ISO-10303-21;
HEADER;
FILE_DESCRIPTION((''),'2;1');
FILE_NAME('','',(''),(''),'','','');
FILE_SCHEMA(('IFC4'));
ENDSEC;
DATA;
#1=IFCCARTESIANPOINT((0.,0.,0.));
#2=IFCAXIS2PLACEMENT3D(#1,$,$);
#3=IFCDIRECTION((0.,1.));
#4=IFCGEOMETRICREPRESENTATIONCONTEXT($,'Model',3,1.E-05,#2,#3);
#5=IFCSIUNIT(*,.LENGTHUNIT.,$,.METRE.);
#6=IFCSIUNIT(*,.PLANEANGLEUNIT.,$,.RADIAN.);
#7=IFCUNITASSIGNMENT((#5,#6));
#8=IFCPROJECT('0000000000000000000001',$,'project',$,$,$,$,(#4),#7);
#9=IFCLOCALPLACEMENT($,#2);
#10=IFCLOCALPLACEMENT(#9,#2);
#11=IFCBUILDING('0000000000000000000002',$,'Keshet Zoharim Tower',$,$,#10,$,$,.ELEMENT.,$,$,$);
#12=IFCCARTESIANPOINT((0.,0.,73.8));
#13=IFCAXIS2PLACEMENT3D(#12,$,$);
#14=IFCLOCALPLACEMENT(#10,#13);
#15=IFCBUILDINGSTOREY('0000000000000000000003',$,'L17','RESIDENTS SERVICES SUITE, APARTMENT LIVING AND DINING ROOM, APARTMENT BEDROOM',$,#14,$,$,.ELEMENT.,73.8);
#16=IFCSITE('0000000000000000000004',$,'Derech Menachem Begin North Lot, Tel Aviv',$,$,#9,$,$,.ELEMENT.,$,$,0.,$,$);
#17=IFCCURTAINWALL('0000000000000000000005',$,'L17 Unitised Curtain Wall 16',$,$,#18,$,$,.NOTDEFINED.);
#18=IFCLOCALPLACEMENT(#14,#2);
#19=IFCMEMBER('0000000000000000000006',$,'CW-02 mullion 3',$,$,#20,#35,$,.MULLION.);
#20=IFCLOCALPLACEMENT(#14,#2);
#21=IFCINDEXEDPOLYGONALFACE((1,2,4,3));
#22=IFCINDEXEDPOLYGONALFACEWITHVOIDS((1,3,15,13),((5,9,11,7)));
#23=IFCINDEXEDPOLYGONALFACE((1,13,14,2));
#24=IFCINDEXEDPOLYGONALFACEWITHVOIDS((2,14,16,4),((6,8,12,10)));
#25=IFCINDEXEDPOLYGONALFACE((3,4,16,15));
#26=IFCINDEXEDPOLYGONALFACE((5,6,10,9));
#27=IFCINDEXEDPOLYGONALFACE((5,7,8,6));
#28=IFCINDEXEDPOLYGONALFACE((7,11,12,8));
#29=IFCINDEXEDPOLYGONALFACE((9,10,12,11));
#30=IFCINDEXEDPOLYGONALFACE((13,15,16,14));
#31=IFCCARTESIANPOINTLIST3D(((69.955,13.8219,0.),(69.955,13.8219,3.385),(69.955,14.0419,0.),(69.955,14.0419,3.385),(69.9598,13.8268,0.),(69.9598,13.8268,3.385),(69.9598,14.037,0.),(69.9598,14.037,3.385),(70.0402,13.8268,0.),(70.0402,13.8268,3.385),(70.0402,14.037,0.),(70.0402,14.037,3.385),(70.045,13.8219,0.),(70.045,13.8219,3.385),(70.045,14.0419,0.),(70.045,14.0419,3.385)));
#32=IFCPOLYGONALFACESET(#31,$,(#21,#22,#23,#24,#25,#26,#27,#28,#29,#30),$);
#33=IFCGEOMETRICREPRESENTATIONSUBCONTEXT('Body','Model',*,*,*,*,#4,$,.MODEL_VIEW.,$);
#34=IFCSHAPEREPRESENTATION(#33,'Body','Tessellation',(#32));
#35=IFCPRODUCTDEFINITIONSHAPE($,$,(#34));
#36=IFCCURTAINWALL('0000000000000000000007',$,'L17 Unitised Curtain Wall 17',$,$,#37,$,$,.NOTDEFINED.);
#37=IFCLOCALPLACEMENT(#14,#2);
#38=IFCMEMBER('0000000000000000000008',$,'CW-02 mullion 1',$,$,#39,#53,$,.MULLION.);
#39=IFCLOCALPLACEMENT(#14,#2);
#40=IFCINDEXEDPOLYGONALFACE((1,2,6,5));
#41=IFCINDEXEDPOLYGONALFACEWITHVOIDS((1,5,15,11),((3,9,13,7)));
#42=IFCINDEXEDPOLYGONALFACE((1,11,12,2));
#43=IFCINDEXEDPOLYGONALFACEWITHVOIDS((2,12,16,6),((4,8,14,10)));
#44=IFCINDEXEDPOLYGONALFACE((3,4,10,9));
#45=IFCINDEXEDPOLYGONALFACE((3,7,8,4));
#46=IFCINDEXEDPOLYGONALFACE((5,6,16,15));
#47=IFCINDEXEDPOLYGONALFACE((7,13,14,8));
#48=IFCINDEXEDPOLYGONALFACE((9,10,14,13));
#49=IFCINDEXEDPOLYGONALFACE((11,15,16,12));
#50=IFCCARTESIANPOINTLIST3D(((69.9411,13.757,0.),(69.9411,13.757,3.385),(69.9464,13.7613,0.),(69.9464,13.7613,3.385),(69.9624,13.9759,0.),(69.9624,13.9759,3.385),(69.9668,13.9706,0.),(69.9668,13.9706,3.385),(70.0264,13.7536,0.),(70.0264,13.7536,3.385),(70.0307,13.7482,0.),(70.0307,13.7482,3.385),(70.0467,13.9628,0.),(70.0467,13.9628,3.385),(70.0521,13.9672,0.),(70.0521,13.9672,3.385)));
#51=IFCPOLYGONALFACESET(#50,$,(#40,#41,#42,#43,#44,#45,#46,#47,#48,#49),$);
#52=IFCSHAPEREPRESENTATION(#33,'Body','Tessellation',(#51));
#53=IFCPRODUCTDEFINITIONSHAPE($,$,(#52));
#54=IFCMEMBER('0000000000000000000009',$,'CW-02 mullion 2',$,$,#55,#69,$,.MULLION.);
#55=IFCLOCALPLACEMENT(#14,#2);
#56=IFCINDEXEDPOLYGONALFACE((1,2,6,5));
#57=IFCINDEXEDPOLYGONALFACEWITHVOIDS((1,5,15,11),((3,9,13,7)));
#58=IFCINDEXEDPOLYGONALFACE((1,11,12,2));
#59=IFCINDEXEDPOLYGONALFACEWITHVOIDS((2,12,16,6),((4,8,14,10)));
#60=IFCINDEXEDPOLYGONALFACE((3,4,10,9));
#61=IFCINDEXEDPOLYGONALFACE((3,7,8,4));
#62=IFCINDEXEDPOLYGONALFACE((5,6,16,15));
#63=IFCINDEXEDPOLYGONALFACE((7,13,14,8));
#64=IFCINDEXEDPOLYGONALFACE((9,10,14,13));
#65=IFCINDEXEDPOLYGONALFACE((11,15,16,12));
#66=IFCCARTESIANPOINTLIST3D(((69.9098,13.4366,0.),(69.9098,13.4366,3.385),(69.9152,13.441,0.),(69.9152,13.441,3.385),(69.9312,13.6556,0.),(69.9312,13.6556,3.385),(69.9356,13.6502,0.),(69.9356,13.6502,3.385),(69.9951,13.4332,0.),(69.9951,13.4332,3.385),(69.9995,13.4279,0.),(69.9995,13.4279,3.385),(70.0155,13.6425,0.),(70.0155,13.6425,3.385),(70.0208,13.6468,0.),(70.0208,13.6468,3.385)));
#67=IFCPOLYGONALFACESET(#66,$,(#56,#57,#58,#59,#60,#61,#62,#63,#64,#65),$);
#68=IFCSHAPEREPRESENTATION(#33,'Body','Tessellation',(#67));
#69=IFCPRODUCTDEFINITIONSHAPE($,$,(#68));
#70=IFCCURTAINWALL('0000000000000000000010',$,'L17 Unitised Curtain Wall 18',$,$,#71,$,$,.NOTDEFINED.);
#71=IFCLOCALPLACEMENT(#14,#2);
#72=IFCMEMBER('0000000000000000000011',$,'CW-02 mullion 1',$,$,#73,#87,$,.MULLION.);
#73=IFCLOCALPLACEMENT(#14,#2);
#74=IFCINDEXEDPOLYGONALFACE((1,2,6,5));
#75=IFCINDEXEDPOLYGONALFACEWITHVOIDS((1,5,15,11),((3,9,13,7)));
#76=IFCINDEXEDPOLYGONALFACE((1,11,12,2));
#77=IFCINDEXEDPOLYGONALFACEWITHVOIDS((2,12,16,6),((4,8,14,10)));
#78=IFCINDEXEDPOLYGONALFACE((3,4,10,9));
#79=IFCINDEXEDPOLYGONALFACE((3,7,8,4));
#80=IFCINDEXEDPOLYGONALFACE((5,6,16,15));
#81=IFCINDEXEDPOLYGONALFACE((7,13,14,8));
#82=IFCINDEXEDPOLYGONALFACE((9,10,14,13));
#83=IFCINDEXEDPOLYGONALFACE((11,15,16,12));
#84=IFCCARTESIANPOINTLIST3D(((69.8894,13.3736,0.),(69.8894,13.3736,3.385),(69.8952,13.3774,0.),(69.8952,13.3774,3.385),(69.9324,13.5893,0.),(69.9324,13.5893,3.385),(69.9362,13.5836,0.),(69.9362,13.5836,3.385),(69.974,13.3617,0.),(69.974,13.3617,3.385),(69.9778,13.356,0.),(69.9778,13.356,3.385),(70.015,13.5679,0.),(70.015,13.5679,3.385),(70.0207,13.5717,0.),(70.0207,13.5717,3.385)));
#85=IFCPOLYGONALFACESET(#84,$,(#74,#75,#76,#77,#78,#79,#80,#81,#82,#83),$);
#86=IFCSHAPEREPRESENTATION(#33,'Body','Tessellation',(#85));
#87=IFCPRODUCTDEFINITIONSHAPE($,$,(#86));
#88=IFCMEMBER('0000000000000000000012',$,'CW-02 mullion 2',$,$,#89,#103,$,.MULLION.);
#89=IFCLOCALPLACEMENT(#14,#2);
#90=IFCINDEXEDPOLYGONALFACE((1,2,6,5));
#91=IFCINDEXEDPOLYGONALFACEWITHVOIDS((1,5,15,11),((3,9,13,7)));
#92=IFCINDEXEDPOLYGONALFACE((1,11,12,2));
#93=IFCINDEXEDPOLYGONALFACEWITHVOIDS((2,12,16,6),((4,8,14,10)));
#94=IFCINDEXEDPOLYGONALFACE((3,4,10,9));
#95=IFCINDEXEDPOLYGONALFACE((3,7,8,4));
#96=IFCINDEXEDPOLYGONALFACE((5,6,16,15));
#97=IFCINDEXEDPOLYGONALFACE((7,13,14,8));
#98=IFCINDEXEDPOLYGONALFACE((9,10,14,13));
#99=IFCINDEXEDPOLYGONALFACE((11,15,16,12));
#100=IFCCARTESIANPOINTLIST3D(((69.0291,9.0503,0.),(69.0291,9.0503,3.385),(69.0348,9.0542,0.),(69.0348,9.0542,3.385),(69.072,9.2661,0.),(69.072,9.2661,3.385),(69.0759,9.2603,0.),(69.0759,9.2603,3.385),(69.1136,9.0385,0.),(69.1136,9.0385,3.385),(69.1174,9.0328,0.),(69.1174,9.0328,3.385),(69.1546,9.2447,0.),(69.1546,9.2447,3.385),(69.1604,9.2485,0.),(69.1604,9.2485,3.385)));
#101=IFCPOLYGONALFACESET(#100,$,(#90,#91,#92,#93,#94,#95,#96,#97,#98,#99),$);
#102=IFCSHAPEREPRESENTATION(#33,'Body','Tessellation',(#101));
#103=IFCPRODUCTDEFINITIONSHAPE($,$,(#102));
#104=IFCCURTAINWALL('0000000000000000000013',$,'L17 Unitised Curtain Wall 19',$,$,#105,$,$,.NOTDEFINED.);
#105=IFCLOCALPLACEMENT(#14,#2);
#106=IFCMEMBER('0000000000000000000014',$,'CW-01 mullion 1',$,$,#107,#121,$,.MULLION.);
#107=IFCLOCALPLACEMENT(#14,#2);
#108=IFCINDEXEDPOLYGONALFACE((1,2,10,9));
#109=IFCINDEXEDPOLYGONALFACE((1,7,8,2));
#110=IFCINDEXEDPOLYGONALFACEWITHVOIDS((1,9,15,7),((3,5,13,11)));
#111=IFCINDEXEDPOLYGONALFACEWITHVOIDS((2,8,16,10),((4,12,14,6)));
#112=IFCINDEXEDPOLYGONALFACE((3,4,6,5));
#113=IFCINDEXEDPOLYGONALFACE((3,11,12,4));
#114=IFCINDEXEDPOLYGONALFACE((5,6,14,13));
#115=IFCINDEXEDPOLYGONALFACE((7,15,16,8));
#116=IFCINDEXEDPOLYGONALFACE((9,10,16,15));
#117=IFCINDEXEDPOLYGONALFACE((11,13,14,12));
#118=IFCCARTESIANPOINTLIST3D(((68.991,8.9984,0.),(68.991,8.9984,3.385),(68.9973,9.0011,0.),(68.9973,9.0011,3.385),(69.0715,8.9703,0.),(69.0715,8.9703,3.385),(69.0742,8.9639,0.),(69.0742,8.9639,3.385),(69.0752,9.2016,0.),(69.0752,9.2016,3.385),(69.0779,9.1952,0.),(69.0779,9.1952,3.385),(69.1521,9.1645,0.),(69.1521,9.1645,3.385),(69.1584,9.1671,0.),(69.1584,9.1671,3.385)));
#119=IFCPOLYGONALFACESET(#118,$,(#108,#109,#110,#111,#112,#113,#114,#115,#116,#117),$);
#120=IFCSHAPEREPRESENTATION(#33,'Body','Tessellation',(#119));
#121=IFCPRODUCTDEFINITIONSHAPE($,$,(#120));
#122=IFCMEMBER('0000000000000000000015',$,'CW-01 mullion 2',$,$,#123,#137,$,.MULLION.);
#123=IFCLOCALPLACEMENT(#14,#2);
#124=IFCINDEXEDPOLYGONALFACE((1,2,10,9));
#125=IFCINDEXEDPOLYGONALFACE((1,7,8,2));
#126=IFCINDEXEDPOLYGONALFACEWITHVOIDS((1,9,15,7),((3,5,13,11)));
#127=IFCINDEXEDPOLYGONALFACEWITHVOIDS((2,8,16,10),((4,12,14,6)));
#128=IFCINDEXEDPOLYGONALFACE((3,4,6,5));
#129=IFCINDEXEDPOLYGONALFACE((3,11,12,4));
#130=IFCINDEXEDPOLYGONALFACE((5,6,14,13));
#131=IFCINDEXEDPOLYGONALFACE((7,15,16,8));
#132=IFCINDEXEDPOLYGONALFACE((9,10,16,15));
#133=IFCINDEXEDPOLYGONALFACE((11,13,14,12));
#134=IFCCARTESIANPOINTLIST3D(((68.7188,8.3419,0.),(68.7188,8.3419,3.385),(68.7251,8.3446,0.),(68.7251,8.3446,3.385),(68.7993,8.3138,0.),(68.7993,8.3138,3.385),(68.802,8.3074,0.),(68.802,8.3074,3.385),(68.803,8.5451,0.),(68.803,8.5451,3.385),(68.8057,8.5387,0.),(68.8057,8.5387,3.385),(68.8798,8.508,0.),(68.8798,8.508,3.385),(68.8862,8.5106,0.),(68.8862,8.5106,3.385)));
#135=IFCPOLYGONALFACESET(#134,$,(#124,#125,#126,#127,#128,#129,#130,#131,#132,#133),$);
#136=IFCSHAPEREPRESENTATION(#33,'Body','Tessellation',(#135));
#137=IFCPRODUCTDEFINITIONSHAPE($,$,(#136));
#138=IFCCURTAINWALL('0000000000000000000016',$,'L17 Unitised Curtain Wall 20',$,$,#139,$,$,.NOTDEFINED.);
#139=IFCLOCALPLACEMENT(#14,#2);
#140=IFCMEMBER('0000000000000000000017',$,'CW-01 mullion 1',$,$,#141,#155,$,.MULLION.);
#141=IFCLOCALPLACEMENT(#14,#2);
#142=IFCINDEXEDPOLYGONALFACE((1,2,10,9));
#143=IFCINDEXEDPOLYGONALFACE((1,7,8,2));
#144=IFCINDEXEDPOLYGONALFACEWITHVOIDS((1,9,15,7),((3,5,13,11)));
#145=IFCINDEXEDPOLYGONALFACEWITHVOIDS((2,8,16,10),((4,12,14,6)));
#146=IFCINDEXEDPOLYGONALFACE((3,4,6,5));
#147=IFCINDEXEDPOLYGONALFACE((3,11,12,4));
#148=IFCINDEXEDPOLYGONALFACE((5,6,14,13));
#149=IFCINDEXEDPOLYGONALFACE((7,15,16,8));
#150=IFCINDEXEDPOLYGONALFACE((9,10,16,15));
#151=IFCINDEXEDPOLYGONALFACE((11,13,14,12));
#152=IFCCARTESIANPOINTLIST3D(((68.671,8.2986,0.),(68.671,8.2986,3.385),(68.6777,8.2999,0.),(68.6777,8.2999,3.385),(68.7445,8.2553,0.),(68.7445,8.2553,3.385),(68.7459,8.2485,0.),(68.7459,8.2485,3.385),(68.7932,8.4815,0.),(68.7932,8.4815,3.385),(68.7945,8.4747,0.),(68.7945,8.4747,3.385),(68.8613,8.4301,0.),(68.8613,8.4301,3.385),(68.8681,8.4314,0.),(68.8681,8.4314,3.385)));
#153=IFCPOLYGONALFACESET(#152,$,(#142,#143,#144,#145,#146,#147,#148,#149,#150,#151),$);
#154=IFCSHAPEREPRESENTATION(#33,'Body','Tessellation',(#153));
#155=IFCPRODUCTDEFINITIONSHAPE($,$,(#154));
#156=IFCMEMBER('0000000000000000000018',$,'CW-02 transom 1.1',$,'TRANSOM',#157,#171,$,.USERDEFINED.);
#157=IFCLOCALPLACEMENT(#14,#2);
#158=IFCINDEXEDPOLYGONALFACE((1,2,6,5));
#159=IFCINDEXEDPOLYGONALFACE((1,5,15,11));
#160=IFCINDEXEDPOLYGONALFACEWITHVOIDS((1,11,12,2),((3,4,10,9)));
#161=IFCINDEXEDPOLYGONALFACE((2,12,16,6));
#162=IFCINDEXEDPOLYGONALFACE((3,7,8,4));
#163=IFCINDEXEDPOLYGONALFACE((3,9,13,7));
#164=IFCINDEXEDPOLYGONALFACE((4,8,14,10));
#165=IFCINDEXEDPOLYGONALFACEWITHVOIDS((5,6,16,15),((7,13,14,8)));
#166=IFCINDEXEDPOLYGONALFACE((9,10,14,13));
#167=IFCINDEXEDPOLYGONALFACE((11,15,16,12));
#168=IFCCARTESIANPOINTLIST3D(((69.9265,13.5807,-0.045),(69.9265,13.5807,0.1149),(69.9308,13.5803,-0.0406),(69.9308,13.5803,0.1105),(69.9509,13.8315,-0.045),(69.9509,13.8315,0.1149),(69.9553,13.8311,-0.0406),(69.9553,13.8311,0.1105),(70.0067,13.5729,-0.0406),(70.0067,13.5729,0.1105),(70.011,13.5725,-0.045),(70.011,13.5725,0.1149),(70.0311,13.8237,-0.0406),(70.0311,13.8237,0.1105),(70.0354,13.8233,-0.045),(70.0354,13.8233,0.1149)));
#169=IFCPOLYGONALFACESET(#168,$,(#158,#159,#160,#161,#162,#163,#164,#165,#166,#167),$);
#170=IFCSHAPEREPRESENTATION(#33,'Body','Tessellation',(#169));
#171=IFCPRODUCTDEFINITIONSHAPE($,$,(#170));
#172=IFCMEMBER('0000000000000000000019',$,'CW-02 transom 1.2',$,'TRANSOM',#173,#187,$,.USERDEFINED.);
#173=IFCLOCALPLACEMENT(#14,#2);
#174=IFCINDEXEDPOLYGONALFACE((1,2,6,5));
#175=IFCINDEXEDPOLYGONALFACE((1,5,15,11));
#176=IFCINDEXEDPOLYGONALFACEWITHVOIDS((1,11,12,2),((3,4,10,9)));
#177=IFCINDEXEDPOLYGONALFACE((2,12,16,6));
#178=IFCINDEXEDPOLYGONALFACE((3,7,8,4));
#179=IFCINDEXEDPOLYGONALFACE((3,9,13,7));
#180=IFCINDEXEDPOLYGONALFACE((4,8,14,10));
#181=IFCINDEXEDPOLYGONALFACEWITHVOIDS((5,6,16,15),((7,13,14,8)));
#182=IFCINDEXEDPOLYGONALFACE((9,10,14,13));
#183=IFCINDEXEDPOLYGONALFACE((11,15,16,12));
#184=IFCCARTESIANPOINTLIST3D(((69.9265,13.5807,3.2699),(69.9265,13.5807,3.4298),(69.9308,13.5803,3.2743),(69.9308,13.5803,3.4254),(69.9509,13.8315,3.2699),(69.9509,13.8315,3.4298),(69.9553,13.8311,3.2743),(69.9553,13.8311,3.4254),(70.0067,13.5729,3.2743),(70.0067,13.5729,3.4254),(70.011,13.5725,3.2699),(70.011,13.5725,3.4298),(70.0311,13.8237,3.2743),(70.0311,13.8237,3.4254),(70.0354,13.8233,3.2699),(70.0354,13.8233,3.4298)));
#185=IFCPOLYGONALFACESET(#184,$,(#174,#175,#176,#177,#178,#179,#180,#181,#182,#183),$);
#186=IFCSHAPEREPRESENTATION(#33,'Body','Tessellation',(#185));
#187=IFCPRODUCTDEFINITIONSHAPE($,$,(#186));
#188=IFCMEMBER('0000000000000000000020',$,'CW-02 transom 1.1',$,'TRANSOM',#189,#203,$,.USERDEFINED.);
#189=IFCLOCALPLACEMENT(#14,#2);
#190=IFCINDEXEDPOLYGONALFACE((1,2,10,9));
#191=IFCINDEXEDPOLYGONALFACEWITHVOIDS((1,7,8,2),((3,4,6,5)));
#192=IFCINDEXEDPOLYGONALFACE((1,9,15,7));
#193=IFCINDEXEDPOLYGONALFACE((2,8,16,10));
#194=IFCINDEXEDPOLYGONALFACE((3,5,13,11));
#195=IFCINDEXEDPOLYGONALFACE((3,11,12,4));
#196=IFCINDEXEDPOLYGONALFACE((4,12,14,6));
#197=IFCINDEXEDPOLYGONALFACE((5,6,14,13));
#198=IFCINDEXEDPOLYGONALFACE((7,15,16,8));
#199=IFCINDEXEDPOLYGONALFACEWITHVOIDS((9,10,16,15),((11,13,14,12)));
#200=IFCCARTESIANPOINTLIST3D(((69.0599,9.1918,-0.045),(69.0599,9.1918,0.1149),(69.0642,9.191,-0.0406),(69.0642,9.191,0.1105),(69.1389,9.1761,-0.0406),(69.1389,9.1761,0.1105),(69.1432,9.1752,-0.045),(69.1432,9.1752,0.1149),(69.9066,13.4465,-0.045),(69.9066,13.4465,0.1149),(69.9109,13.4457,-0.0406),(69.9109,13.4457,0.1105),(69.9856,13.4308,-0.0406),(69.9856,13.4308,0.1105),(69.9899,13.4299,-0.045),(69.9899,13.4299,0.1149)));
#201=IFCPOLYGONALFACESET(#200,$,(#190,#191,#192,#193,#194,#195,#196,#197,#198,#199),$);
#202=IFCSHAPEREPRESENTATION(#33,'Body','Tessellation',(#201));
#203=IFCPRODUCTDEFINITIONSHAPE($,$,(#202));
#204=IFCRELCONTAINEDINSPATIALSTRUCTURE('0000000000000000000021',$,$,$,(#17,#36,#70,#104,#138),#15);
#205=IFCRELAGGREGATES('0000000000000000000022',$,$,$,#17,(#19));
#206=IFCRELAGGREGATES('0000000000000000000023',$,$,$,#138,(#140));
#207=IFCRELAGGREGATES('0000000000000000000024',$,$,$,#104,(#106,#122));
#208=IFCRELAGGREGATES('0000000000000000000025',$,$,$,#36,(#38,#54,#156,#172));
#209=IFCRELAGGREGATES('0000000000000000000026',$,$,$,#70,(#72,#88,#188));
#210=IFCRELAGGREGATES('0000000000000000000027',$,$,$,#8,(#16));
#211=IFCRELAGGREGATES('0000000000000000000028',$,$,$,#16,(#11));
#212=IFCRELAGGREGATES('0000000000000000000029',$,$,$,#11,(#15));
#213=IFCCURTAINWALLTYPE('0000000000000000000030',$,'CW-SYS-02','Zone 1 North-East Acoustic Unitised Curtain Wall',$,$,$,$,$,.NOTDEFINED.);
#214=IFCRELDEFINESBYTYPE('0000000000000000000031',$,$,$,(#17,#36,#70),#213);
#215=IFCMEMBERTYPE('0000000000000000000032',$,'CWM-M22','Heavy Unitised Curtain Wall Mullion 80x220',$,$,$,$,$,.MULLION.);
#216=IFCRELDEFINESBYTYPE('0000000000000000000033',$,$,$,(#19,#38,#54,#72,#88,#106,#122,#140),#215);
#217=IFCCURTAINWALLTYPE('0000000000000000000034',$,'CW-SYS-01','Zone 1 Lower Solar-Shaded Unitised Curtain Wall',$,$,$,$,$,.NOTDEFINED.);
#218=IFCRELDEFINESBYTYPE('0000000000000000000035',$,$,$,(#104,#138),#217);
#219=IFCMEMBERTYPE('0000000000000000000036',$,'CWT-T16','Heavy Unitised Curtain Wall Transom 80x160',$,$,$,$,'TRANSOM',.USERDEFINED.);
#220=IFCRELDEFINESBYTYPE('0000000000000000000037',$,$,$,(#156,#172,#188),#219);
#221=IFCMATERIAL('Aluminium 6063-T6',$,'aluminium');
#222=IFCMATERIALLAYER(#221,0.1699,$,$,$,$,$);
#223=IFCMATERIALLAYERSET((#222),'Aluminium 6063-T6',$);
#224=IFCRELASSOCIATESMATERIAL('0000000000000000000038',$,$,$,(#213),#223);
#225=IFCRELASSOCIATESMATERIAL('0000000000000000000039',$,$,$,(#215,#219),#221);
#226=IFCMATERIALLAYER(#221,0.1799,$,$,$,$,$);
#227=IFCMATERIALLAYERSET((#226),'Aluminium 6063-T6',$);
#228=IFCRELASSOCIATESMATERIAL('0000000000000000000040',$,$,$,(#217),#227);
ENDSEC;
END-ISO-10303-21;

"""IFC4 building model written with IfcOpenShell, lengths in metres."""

from ifc_helpers import new_model, si_unit, direction, frame, origin, origin_2d, place, context, subcontext, project, spatial, hollow_rectangle, extrude, material, layer, layer_set, material_profile, profile_set, type_object, element, aggregate, save


model = new_model("IFC4")

# Units and contexts
model_context = context("Model", 3, precision=1e-05, world=origin(), true_north=direction((0.0, 1.0)))
body_context = subcontext(model_context, "Body", "Model", "MODEL_VIEW")
ifc_project = project(units=[si_unit("LENGTHUNIT", "METRE"), si_unit("PLANEANGLEUNIT", "RADIAN")], contexts=[model_context])

# Site, building, storey
site_placement = place(None, origin())
site = spatial("IfcSite", under=ifc_project, at=site_placement, Name="Derech Menachem Begin North Lot, Tel Aviv", CompositionType="ELEMENT", RefElevation=0.0)
building_placement = place(site_placement, origin())
building = spatial("IfcBuilding", under=site, at=building_placement, Name="Keshet Zoharim Tower", CompositionType="ELEMENT")
storey_placement = place(building_placement, frame((0.0, 0.0, 73.8)))
storey = spatial("IfcBuildingStorey", under=building, at=storey_placement, Name="L17", Description="RESIDENTS SERVICES SUITE, APARTMENT LIVING AND DINING ROOM, APARTMENT BEDROOM", CompositionType="ELEMENT", Elevation=73.8)

# Curtain wall, member
ifc_material_1 = material(Name="Aluminium 6063-T6", Category="aluminium")
ifc_layer_1 = layer(ifc_material_1, 0.1699)
ifc_layer_set_1 = layer_set([ifc_layer_1], Name="Aluminium 6063-T6")
curtain_wall_type_1 = type_object("IfcCurtainWallType", Name="CW-SYS-02", Description="Zone 1 North-East Acoustic Unitised Curtain Wall", PredefinedType="NOTDEFINED", material=ifc_layer_set_1)
curtain_wall_1_placement = place(storey_placement, origin())
curtain_wall_1 = element("IfcCurtainWall", 1, at=curtain_wall_1_placement, inside=storey, type_object=curtain_wall_type_1, Name="L17 Unitised Curtain Wall 16", PredefinedType="NOTDEFINED")
ifc_material_profile_1 = material_profile(ifc_material_1, hollow_rectangle(XDim=0.0901, YDim=0.22, WallThickness=0.0049, at=origin_2d()), Name="MUL-90x220")
ifc_profile_set_1 = profile_set([ifc_material_profile_1], Name="Aluminium 6063-T6")
member_type_1 = type_object("IfcMemberType", Name="CWM-M22", Description="Heavy Unitised Curtain Wall Mullion 80x220", PredefinedType="MULLION", material=ifc_profile_set_1)
member_1_placement = place(storey_placement, frame((70.0, 13.9319, 0.0), z_axis=(0.0, 0.0, 1.0), x_axis=(1.0, 0.0, 0.0)))
member_1 = element("IfcMember", 2, at=member_1_placement, type_object=member_type_1, Name="CW-02 mullion 3", PredefinedType="MULLION", context=body_context, shape_type="SweptSolid", body=[
    extrude(hollow_rectangle(XDim=0.0901, YDim=0.22, WallThickness=0.0049, at=origin_2d()), origin(), (0.0, 0.0, 1.0), 3.385),
])
aggregate(curtain_wall_1, [member_1])

# Curtain walls, members
curtain_wall_2_placement = place(storey_placement, origin())
curtain_wall_2 = element("IfcCurtainWall", 3, at=curtain_wall_2_placement, inside=storey, type_object=curtain_wall_type_1, Name="L17 Unitised Curtain Wall 17", PredefinedType="NOTDEFINED")
member_2_placement = place(storey_placement, frame((69.9966, 13.8621, 0.0), z_axis=(0.0, 0.0, 1.0), x_axis=(0.995287, -0.096977, 0.0)))
member_2 = element("IfcMember", 4, at=member_2_placement, type_object=member_type_1, Name="CW-02 mullion 1", PredefinedType="MULLION", context=body_context, shape_type="SweptSolid", body=[
    extrude(hollow_rectangle(XDim=0.0901, YDim=0.22, WallThickness=0.0049, at=origin_2d()), origin(), (0.0, 0.0, 1.0), 3.385),
])
member_3_placement = place(storey_placement, frame((69.9653, 13.5417, 0.0), z_axis=(0.0, 0.0, 1.0), x_axis=(0.995287, -0.096977, 0.0)))
member_3 = element("IfcMember", 5, at=member_3_placement, type_object=member_type_1, Name="CW-02 mullion 2", PredefinedType="MULLION", context=body_context, shape_type="SweptSolid", body=[
    extrude(hollow_rectangle(XDim=0.0901, YDim=0.22, WallThickness=0.0049, at=origin_2d()), origin(), (0.0, 0.0, 1.0), 3.385),
])
curtain_wall_3_placement = place(storey_placement, origin())
curtain_wall_3 = element("IfcCurtainWall", 6, at=curtain_wall_3_placement, inside=storey, type_object=curtain_wall_type_1, Name="L17 Unitised Curtain Wall 18", PredefinedType="NOTDEFINED")
member_4_placement = place(storey_placement, frame((69.9551, 13.4727, 0.0), z_axis=(0.0, 0.0, 1.0), x_axis=(0.980769, -0.195171, 0.0)))
member_4 = element("IfcMember", 7, at=member_4_placement, type_object=member_type_1, Name="CW-02 mullion 1", PredefinedType="MULLION", context=body_context, shape_type="SweptSolid", body=[
    extrude(hollow_rectangle(XDim=0.0901, YDim=0.22, WallThickness=0.0049, at=origin_2d()), origin(), (0.0, 0.0, 1.0), 3.385),
])
member_5_placement = place(storey_placement, frame((69.0947, 9.1494, 0.0), z_axis=(0.0, 0.0, 1.0), x_axis=(0.980769, -0.195171, 0.0)))
member_5 = element("IfcMember", 8, at=member_5_placement, type_object=member_type_1, Name="CW-02 mullion 2", PredefinedType="MULLION", context=body_context, shape_type="SweptSolid", body=[
    extrude(hollow_rectangle(XDim=0.0901, YDim=0.22, WallThickness=0.0049, at=origin_2d()), origin(), (0.0, 0.0, 1.0), 3.385),
])
ifc_layer_2 = layer(ifc_material_1, 0.1799)
ifc_layer_set_2 = layer_set([ifc_layer_2], Name="Aluminium 6063-T6")
curtain_wall_type_2 = type_object("IfcCurtainWallType", Name="CW-SYS-01", Description="Zone 1 Lower Solar-Shaded Unitised Curtain Wall", PredefinedType="NOTDEFINED", material=ifc_layer_set_2)
curtain_wall_4_placement = place(storey_placement, origin())
curtain_wall_4 = element("IfcCurtainWall", 9, at=curtain_wall_4_placement, inside=storey, type_object=curtain_wall_type_2, Name="L17 Unitised Curtain Wall 19", PredefinedType="NOTDEFINED")
member_6_placement = place(storey_placement, frame((69.0747, 9.0828, 0.0), z_axis=(0.0, 0.0, 1.0), x_axis=(0.92372, -0.383068, 0.0)))
member_6 = element("IfcMember", 10, at=member_6_placement, type_object=member_type_1, Name="CW-01 mullion 1", PredefinedType="MULLION", context=body_context, shape_type="SweptSolid", body=[
    extrude(hollow_rectangle(XDim=0.0901, YDim=0.22, WallThickness=0.0049, at=origin_2d()), origin(), (0.0, 0.0, 1.0), 3.385),
])
member_7_placement = place(storey_placement, frame((68.8025, 8.4263, 0.0), z_axis=(0.0, 0.0, 1.0), x_axis=(0.92372, -0.383068, 0.0)))
member_7 = element("IfcMember", 11, at=member_7_placement, type_object=member_type_1, Name="CW-01 mullion 2", PredefinedType="MULLION", context=body_context, shape_type="SweptSolid", body=[
    extrude(hollow_rectangle(XDim=0.0901, YDim=0.22, WallThickness=0.0049, at=origin_2d()), origin(), (0.0, 0.0, 1.0), 3.385),
])

# Curtain wall, member
curtain_wall_5_placement = place(storey_placement, origin())
curtain_wall_5 = element("IfcCurtainWall", 12, at=curtain_wall_5_placement, inside=storey, type_object=curtain_wall_type_2, Name="L17 Unitised Curtain Wall 20", PredefinedType="NOTDEFINED")
member_8_placement = place(storey_placement, frame((68.7695, 8.365, 0.0), z_axis=(0.0, 0.0, 1.0), x_axis=(0.831474, -0.555563, 0.0)))
member_8 = element("IfcMember", 13, at=member_8_placement, type_object=member_type_1, Name="CW-01 mullion 1", PredefinedType="MULLION", context=body_context, shape_type="SweptSolid", body=[
    extrude(hollow_rectangle(XDim=0.0901, YDim=0.22, WallThickness=0.0049, at=origin_2d()), origin(), (0.0, 0.0, 1.0), 3.385),
])

# Members
ifc_material_profile_2 = material_profile(ifc_material_1, hollow_rectangle(XDim=0.085, YDim=0.1599, WallThickness=0.0044, at=origin_2d()), Name="TRN-85x160")
ifc_profile_set_2 = profile_set([ifc_material_profile_2], Name="Aluminium 6063-T6")
member_type_2 = type_object("IfcMemberType", Name="CWT-T16", Description="Heavy Unitised Curtain Wall Transom 80x160", ElementType="TRANSOM", PredefinedType="USERDEFINED", material=ifc_profile_set_2)
member_9_placement = place(storey_placement, frame((69.9932, 13.8274, 0.0349), z_axis=(-0.096913, -0.995293, 0.0), x_axis=(0.995293, -0.096913, 0.0)))
member_9 = element("IfcMember", 14, at=member_9_placement, type_object=member_type_2, Name="CW-02 transom 1.1", ObjectType="TRANSOM", PredefinedType="USERDEFINED", context=body_context, shape_type="SweptSolid", body=[
    extrude(hollow_rectangle(XDim=0.085, YDim=0.1599, WallThickness=0.0044, at=origin_2d()), origin(), (0.0, 0.0, 1.0), 0.252),
])
member_10_placement = place(storey_placement, frame((69.9932, 13.8274, 3.3499), z_axis=(-0.096913, -0.995293, 0.0), x_axis=(0.995293, -0.096913, 0.0)))
member_10 = element("IfcMember", 15, at=member_10_placement, type_object=member_type_2, Name="CW-02 transom 1.2", ObjectType="TRANSOM", PredefinedType="USERDEFINED", context=body_context, shape_type="SweptSolid", body=[
    extrude(hollow_rectangle(XDim=0.085, YDim=0.1599, WallThickness=0.0044, at=origin_2d()), origin(), (0.0, 0.0, 1.0), 0.252),
])
member_11_placement = place(storey_placement, frame((69.9482, 13.4382, 0.0349), z_axis=(-0.195174, -0.980769, 0.0), x_axis=(0.980769, -0.195174, 0.0)))
member_11 = element("IfcMember", 16, at=member_11_placement, type_object=member_type_2, Name="CW-02 transom 1.1", ObjectType="TRANSOM", PredefinedType="USERDEFINED", context=body_context, shape_type="SweptSolid", body=[
    extrude(hollow_rectangle(XDim=0.085, YDim=0.1599, WallThickness=0.0044, at=origin_2d()), origin(), (0.0, 0.0, 1.0), 4.3381),
])
aggregate(curtain_wall_5, [member_8])

aggregate(curtain_wall_4, [member_6, member_7])
aggregate(curtain_wall_2, [member_2, member_3, member_9, member_10])
aggregate(curtain_wall_3, [member_4, member_5, member_11])

save(model, "model.ifc")
